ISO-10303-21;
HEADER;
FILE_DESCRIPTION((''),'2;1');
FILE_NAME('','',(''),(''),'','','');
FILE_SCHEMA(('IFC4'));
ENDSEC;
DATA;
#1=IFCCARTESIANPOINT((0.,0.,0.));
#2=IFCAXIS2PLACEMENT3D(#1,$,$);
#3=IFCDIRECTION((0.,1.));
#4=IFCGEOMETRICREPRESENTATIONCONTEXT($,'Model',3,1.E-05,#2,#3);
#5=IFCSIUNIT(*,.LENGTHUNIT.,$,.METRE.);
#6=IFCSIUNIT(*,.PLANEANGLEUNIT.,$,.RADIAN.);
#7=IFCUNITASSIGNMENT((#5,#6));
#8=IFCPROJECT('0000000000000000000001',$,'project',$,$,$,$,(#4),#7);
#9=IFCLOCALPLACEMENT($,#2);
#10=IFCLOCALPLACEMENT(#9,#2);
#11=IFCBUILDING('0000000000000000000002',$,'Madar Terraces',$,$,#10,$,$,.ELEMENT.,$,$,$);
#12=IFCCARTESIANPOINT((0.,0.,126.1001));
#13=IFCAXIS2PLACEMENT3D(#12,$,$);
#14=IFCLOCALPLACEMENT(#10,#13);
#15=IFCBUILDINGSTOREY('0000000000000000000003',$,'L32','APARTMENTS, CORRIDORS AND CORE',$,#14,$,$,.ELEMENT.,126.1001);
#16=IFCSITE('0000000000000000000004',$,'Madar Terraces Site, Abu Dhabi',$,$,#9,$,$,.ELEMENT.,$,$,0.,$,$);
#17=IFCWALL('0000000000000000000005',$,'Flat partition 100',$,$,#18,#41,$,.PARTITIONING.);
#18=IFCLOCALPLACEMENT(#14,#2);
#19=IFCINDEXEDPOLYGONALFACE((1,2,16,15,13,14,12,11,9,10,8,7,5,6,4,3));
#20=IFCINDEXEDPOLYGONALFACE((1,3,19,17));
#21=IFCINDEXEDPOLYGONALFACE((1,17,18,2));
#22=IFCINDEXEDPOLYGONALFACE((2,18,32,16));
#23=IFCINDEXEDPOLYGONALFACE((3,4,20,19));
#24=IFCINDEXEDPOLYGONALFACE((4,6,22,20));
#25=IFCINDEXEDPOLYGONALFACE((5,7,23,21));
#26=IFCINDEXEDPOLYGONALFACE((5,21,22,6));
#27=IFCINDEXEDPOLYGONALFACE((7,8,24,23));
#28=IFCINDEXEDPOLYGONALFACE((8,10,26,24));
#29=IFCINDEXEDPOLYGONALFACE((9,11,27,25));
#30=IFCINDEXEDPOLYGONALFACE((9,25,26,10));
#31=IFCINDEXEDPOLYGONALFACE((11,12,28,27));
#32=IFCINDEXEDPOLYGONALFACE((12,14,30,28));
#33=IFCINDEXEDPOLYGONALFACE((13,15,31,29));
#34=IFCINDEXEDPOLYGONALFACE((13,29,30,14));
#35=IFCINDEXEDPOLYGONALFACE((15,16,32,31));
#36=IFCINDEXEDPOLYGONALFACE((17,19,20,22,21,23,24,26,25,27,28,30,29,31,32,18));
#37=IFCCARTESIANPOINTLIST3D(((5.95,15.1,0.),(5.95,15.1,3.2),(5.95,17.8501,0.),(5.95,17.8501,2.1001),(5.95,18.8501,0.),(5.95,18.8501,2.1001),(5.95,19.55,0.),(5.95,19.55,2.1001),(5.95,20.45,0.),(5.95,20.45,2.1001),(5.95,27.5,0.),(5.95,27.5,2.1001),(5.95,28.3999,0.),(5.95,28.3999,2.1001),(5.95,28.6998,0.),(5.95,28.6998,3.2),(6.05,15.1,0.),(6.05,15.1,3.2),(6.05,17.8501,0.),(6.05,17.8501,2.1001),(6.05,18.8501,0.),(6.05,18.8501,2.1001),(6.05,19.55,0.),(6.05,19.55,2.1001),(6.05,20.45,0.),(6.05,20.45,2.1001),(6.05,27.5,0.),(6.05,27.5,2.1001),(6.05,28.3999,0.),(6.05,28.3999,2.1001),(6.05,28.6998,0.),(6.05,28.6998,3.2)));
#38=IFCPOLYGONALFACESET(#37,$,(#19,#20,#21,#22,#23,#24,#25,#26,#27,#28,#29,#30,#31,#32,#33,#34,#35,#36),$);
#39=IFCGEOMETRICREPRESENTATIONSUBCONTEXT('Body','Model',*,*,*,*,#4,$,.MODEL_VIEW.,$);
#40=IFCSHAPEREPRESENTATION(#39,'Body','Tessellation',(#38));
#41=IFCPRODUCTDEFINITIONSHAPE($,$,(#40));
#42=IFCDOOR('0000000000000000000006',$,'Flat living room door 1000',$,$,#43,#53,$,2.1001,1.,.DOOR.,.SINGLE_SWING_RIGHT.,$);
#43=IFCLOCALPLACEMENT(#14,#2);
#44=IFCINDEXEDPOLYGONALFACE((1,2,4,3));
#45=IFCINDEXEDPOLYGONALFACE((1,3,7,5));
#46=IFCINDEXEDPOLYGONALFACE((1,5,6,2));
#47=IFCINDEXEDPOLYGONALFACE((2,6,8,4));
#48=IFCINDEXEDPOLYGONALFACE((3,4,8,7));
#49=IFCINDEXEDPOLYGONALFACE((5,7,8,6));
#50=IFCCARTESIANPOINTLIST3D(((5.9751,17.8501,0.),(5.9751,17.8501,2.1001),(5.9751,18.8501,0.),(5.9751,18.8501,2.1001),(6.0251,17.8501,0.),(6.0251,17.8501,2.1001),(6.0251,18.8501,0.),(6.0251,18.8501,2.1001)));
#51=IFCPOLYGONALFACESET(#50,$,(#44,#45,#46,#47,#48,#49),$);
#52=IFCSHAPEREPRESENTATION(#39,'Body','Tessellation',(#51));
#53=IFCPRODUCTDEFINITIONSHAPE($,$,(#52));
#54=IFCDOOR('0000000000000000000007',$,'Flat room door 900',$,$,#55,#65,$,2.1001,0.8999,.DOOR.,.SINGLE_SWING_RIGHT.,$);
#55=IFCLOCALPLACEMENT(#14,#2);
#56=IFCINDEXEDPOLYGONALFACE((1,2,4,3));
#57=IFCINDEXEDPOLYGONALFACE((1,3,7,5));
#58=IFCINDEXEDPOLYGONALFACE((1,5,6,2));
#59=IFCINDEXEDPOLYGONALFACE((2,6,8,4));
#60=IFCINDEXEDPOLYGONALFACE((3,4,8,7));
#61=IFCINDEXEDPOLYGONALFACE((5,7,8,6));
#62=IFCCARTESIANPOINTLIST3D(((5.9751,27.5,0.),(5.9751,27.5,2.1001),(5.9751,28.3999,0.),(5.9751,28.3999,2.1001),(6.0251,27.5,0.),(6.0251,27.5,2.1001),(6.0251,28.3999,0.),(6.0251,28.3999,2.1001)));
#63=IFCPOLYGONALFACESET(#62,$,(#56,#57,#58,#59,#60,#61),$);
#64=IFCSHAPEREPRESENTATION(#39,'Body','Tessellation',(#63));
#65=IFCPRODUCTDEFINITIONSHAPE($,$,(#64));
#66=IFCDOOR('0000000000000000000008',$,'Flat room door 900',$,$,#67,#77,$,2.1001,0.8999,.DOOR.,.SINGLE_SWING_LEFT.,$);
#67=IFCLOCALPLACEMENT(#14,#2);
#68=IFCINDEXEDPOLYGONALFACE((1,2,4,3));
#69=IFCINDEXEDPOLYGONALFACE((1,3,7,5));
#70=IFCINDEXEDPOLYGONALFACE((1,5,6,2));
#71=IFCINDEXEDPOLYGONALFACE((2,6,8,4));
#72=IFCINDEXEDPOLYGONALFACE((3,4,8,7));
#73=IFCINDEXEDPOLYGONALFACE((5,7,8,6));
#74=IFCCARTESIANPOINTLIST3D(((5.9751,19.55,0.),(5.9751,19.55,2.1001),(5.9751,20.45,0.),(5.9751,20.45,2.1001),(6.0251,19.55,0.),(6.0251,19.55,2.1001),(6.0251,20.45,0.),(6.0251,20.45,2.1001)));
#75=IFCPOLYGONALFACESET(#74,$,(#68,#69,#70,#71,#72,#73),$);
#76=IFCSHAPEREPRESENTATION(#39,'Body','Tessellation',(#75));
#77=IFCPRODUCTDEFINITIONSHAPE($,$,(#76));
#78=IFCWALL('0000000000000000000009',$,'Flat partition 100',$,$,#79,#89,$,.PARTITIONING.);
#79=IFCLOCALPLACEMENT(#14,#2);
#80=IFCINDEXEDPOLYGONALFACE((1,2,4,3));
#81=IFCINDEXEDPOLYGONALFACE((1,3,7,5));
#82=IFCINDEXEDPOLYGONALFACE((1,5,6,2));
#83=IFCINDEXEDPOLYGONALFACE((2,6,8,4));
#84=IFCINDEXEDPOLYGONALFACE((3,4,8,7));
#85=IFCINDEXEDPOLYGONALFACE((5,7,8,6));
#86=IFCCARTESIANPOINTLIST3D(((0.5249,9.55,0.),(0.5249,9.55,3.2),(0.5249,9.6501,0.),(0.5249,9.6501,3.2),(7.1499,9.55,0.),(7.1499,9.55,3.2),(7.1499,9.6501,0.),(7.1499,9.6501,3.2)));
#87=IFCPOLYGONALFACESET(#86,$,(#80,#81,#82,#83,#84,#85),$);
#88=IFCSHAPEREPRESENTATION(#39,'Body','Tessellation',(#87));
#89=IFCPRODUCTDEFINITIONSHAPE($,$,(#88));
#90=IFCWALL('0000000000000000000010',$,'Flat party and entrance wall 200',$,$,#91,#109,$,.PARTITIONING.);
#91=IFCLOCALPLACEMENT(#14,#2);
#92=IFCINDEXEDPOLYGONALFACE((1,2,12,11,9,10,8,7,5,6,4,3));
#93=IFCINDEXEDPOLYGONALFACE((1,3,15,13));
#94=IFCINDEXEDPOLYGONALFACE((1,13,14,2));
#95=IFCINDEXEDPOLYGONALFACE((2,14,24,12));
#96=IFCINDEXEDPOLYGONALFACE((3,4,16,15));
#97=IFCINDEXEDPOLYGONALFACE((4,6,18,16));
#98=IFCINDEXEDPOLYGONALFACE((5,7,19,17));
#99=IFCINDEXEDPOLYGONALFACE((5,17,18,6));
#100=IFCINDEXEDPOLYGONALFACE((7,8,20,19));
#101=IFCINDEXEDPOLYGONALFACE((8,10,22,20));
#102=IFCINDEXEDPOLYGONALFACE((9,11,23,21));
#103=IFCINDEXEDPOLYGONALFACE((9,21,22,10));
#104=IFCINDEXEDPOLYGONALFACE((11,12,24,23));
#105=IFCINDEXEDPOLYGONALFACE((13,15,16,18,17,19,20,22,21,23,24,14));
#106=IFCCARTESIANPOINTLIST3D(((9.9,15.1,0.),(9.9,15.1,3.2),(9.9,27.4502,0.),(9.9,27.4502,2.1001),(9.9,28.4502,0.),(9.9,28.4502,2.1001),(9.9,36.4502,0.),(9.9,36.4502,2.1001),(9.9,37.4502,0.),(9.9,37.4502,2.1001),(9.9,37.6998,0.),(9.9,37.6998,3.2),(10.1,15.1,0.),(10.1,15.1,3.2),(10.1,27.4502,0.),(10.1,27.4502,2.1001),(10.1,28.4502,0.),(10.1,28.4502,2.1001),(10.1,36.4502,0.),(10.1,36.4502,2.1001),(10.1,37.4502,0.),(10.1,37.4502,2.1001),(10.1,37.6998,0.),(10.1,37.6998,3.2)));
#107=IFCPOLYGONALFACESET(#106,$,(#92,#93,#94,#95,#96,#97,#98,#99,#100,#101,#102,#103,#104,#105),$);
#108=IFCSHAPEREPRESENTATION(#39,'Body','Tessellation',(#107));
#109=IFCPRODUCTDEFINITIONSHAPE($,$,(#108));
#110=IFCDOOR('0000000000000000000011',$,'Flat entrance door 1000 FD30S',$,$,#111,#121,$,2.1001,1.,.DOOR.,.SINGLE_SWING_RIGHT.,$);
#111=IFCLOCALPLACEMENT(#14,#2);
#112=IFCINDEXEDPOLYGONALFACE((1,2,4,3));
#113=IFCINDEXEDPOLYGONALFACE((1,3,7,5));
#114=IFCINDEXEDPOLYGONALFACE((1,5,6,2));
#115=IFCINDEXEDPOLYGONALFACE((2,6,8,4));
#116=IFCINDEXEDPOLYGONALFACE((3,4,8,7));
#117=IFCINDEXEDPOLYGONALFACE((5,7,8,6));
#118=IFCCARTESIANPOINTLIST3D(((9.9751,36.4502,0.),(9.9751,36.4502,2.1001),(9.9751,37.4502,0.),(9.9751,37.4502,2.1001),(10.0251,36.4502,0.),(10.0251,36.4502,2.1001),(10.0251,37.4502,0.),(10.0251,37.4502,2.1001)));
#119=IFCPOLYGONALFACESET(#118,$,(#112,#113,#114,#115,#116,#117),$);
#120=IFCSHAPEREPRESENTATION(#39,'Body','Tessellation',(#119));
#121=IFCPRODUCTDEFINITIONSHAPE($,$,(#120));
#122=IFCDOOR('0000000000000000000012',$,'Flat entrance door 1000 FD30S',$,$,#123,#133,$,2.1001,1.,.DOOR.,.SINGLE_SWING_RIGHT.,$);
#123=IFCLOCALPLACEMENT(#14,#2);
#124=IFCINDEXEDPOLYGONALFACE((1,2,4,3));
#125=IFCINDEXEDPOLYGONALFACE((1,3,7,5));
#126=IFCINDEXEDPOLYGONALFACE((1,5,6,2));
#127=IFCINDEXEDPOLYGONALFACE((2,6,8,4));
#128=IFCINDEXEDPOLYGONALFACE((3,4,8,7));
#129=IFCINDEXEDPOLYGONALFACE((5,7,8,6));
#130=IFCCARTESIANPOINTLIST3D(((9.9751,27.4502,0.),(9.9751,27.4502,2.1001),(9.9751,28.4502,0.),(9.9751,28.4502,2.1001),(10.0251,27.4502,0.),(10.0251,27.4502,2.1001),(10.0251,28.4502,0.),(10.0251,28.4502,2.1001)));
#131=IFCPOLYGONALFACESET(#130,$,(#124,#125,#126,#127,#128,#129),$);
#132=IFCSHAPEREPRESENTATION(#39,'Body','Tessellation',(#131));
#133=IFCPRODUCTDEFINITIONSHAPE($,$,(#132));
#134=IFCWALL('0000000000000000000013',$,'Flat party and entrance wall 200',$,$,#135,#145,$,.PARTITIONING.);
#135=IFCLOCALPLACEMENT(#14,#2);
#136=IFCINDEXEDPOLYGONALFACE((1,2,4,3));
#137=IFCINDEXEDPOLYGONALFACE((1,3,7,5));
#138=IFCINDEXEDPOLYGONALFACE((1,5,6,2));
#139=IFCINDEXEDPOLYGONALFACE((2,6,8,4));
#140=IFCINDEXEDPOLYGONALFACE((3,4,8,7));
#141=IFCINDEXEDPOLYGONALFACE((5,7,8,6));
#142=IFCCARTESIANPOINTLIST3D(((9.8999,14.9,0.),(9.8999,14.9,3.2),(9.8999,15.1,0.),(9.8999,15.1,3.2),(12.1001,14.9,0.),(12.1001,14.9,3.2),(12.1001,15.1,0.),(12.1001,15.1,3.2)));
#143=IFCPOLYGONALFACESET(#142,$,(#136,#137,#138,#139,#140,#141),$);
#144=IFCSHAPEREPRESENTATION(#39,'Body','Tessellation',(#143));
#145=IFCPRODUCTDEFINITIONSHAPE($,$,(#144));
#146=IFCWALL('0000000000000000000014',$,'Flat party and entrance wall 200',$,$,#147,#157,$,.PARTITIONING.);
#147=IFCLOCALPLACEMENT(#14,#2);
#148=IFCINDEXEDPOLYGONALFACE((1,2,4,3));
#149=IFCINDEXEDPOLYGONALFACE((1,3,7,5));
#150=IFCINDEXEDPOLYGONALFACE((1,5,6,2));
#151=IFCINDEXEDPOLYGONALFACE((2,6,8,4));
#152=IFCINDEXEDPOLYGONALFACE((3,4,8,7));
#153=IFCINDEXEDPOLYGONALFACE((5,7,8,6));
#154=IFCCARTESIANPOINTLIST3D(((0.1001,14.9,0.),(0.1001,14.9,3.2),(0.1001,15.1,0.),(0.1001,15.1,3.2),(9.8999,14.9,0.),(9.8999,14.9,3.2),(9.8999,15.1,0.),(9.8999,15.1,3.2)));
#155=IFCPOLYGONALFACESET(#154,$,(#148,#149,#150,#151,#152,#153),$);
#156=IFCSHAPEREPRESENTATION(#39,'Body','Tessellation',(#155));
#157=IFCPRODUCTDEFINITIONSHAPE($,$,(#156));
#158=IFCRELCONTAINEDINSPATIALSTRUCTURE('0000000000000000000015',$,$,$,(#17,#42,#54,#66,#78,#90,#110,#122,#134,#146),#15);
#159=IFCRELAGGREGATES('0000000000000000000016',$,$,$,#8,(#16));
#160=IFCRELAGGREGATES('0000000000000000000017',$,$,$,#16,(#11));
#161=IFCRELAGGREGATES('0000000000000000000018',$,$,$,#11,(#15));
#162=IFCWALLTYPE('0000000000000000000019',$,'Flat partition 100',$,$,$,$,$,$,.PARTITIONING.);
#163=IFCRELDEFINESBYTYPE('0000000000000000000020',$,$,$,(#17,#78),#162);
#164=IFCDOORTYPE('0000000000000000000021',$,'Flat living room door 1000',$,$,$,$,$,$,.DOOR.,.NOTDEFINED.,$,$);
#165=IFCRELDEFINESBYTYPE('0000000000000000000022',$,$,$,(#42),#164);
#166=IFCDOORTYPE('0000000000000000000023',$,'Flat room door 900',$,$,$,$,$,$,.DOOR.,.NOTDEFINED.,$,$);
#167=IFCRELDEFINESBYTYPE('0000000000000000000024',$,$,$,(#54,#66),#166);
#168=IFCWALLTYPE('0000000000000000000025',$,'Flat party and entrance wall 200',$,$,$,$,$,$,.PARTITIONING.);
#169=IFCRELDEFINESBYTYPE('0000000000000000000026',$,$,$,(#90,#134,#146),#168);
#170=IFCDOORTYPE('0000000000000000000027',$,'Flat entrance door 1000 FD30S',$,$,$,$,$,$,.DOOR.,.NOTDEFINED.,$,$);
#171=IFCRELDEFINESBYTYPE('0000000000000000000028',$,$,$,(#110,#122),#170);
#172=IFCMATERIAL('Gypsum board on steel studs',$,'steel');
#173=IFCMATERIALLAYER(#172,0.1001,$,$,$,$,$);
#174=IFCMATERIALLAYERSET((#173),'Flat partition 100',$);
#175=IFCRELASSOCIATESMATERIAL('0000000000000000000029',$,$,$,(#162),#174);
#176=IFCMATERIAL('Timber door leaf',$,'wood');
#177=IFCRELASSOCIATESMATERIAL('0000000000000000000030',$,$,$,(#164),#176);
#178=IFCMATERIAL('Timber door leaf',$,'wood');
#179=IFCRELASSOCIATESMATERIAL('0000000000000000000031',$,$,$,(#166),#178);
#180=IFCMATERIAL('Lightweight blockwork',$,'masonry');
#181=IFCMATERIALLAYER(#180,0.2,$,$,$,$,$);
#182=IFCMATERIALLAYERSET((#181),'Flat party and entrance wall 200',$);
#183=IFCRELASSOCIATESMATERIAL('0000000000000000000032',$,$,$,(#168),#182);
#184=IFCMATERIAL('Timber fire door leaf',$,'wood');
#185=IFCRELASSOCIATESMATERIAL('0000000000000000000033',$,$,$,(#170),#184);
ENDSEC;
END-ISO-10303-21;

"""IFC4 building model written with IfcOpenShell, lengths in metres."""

from ifc_helpers import new_model, si_unit, direction, frame, frame_2d, origin, place, context, subcontext, project, spatial, rectangle, extrude, material, layer, layer_set, type_object, element, fill, save


model = new_model("IFC4")

# Units and contexts
model_context = context("Model", 3, precision=1e-05, world=origin(), true_north=direction((0.0, 1.0)))
body_context = subcontext(model_context, "Body", "Model", "MODEL_VIEW")
ifc_project = project(units=[si_unit("LENGTHUNIT", "METRE"), si_unit("PLANEANGLEUNIT", "RADIAN")], contexts=[model_context])

# Site, building, storey
site_placement = place(None, origin())
site = spatial("IfcSite", under=ifc_project, at=site_placement, Name="Madar Terraces Site, Abu Dhabi", CompositionType="ELEMENT", RefElevation=0.0)
building_placement = place(site_placement, origin())
building = spatial("IfcBuilding", under=site, at=building_placement, Name="Madar Terraces", CompositionType="ELEMENT")
storey_placement = place(building_placement, frame((0.0, 0.0, 126.1001)))
storey = spatial("IfcBuildingStorey", under=building, at=storey_placement, Name="L32", Description="APARTMENTS, CORRIDORS AND CORE", CompositionType="ELEMENT", Elevation=126.1001)

# Shared definitions
ifc_material_1 = material(Name="Gypsum board on steel studs", Category="steel")
ifc_layer_1 = layer(ifc_material_1, 0.1001)
ifc_layer_set_1 = layer_set([ifc_layer_1], Name="Flat partition 100")
wall_type_1 = type_object("IfcWallType", Name="Flat partition 100", PredefinedType="PARTITIONING", material=ifc_layer_set_1)

# Wall, openings, doors
wall_1_placement = place(storey_placement, frame((6.0, 15.1001, 0.0), z_axis=(0.0, 0.0, 1.0), x_axis=(0.0, 1.0, 0.0)))
wall_1 = element("IfcWall", 1, at=wall_1_placement, inside=storey, type_object=wall_type_1, Name="Flat partition 100", PredefinedType="PARTITIONING", context=body_context, shape_type="SweptSolid", body=[
    extrude(rectangle(XDim=13.5999, YDim=0.1001, at=frame_2d((6.7998, 0.0))), origin(), (0.0, 0.0, 1.0), 3.2),
])
opening_1_placement = place(wall_1_placement, frame((12.3999, 0.0, 0.0)))
opening_1 = element("IfcOpeningElement", 2, at=opening_1_placement, cuts=wall_1, PredefinedType="OPENING", context=body_context, shape_type="SweptSolid", body=[
    extrude(rectangle(XDim=0.8999, YDim=2.1001, at=frame_2d((0.45, 1.05))), frame((0.0, 0.0601, 0.0), z_axis=(0.0, -1.0, 0.0), x_axis=(1.0, 0.0, 0.0)), (0.0, 0.0, 1.0), 0.1201),
])
opening_2_placement = place(wall_1_placement, frame((4.45, 0.0, 0.0)))
opening_2 = element("IfcOpeningElement", 3, at=opening_2_placement, cuts=wall_1, PredefinedType="OPENING", context=body_context, shape_type="SweptSolid", body=[
    extrude(rectangle(XDim=0.8999, YDim=2.1001, at=frame_2d((0.45, 1.05))), frame((0.0, 0.0601, 0.0), z_axis=(0.0, -1.0, 0.0), x_axis=(1.0, 0.0, 0.0)), (0.0, 0.0, 1.0), 0.1201),
])
opening_3_placement = place(wall_1_placement, frame((2.75, 0.0, 0.0)))
opening_3 = element("IfcOpeningElement", 4, at=opening_3_placement, cuts=wall_1, PredefinedType="OPENING", context=body_context, shape_type="SweptSolid", body=[
    extrude(rectangle(XDim=1.0, YDim=2.1001, at=frame_2d((0.5, 1.05))), frame((0.0, 0.0601, 0.0), z_axis=(0.0, -1.0, 0.0), x_axis=(1.0, 0.0, 0.0)), (0.0, 0.0, 1.0), 0.1201),
])
ifc_material_2 = material(Name="Timber door leaf", Category="wood")
door_type_1 = type_object("IfcDoorType", Name="Flat living room door 1000", OperationType="NOTDEFINED", PredefinedType="DOOR", material=ifc_material_2)
door_1_placement = place(opening_3_placement, origin())
door_1 = element("IfcDoor", 5, at=door_1_placement, inside=storey, type_object=door_type_1, Name="Flat living room door 1000", OperationType="SINGLE_SWING_RIGHT", OverallHeight=2.1001, OverallWidth=1.0, PredefinedType="DOOR", context=body_context, shape_type="SweptSolid", body=[
    extrude(rectangle(XDim=1.0, YDim=2.1001, at=frame_2d((0.5, 1.05))), frame((0.0, 0.0249, 0.0), z_axis=(0.0, -1.0, 0.0), x_axis=(1.0, 0.0, 0.0)), (0.0, 0.0, 1.0), 0.05),
])
fill(opening_3, door_1)
ifc_material_3 = material(Name="Timber door leaf", Category="wood")
door_type_2 = type_object("IfcDoorType", Name="Flat room door 900", OperationType="NOTDEFINED", PredefinedType="DOOR", material=ifc_material_3)
door_2_placement = place(opening_1_placement, origin())
door_2 = element("IfcDoor", 6, at=door_2_placement, inside=storey, type_object=door_type_2, Name="Flat room door 900", OperationType="SINGLE_SWING_RIGHT", OverallHeight=2.1001, OverallWidth=0.8999, PredefinedType="DOOR", context=body_context, shape_type="SweptSolid", body=[
    extrude(rectangle(XDim=0.8999, YDim=2.1001, at=frame_2d((0.45, 1.05))), frame((0.0, 0.0249, 0.0), z_axis=(0.0, -1.0, 0.0), x_axis=(1.0, 0.0, 0.0)), (0.0, 0.0, 1.0), 0.05),
])
fill(opening_1, door_2)
door_3_placement = place(opening_2_placement, origin())
door_3 = element("IfcDoor", 7, at=door_3_placement, inside=storey, type_object=door_type_2, Name="Flat room door 900", OperationType="SINGLE_SWING_LEFT", OverallHeight=2.1001, OverallWidth=0.8999, PredefinedType="DOOR", context=body_context, shape_type="SweptSolid", body=[
    extrude(rectangle(XDim=0.8999, YDim=2.1001, at=frame_2d((0.45, 1.05))), frame((0.0, 0.0249, 0.0), z_axis=(0.0, -1.0, 0.0), x_axis=(1.0, 0.0, 0.0)), (0.0, 0.0, 1.0), 0.05),
])
fill(opening_2, door_3)

# Wall
wall_2_placement = place(storey_placement, frame((7.1499, 9.6001, 0.0), z_axis=(0.0, 0.0, 1.0), x_axis=(-1.0, 0.0, 0.0)))
element("IfcWall", 8, at=wall_2_placement, inside=storey, type_object=wall_type_1, Name="Flat partition 100", PredefinedType="PARTITIONING", context=body_context, shape_type="SweptSolid", body=[
    extrude(rectangle(XDim=6.625, YDim=0.1001, at=frame_2d((3.3125, 0.0))), origin(), (0.0, 0.0, 1.0), 3.2),
])

# Wall, openings, doors
ifc_material_4 = material(Name="Lightweight blockwork", Category="masonry")
ifc_layer_2 = layer(ifc_material_4, 0.2)
ifc_layer_set_2 = layer_set([ifc_layer_2], Name="Flat party and entrance wall 200")
wall_type_2 = type_object("IfcWallType", Name="Flat party and entrance wall 200", PredefinedType="PARTITIONING", material=ifc_layer_set_2)
wall_3_placement = place(storey_placement, frame((10.0, 15.1001, 0.0), z_axis=(0.0, 0.0, 1.0), x_axis=(0.0, 1.0, 0.0)))
wall_3 = element("IfcWall", 9, at=wall_3_placement, inside=storey, type_object=wall_type_2, Name="Flat party and entrance wall 200", PredefinedType="PARTITIONING", context=body_context, shape_type="SweptSolid", body=[
    extrude(rectangle(XDim=22.5999, YDim=0.2, at=frame_2d((11.2998, 0.0))), origin(), (0.0, 0.0, 1.0), 3.2),
])
opening_4_placement = place(wall_3_placement, frame((21.3501, 0.0, 0.0)))
opening_4 = element("IfcOpeningElement", 10, at=opening_4_placement, cuts=wall_3, PredefinedType="OPENING", context=body_context, shape_type="SweptSolid", body=[
    extrude(rectangle(XDim=1.0, YDim=2.1001, at=frame_2d((0.5, 1.05))), frame((0.0, 0.1099, 0.0), z_axis=(0.0, -1.0, 0.0), x_axis=(1.0, 0.0, 0.0)), (0.0, 0.0, 1.0), 0.22),
])
opening_5_placement = place(wall_3_placement, frame((12.3501, 0.0, 0.0)))
opening_5 = element("IfcOpeningElement", 11, at=opening_5_placement, cuts=wall_3, PredefinedType="OPENING", context=body_context, shape_type="SweptSolid", body=[
    extrude(rectangle(XDim=1.0, YDim=2.1001, at=frame_2d((0.5, 1.05))), frame((0.0, 0.1099, 0.0), z_axis=(0.0, -1.0, 0.0), x_axis=(1.0, 0.0, 0.0)), (0.0, 0.0, 1.0), 0.22),
])
ifc_material_5 = material(Name="Timber fire door leaf", Category="wood")
door_type_3 = type_object("IfcDoorType", Name="Flat entrance door 1000 FD30S", OperationType="NOTDEFINED", PredefinedType="DOOR", material=ifc_material_5)
door_4_placement = place(opening_4_placement, origin())
door_4 = element("IfcDoor", 12, at=door_4_placement, inside=storey, type_object=door_type_3, Name="Flat entrance door 1000 FD30S", OperationType="SINGLE_SWING_RIGHT", OverallHeight=2.1001, OverallWidth=1.0, PredefinedType="DOOR", context=body_context, shape_type="SweptSolid", body=[
    extrude(rectangle(XDim=1.0, YDim=2.1001, at=frame_2d((0.5, 1.05))), frame((0.0, 0.0249, 0.0), z_axis=(0.0, -1.0, 0.0), x_axis=(1.0, 0.0, 0.0)), (0.0, 0.0, 1.0), 0.05),
])
fill(opening_4, door_4)
door_5_placement = place(opening_5_placement, origin())
door_5 = element("IfcDoor", 13, at=door_5_placement, inside=storey, type_object=door_type_3, Name="Flat entrance door 1000 FD30S", OperationType="SINGLE_SWING_RIGHT", OverallHeight=2.1001, OverallWidth=1.0, PredefinedType="DOOR", context=body_context, shape_type="SweptSolid", body=[
    extrude(rectangle(XDim=1.0, YDim=2.1001, at=frame_2d((0.5, 1.05))), frame((0.0, 0.0249, 0.0), z_axis=(0.0, -1.0, 0.0), x_axis=(1.0, 0.0, 0.0)), (0.0, 0.0, 1.0), 0.05),
])
fill(opening_5, door_5)

# Walls
wall_4_placement = place(storey_placement, frame((9.8999, 15.0, 0.0), z_axis=(0.0, 0.0, 1.0), x_axis=(1.0, 0.0, 0.0)))
element("IfcWall", 14, at=wall_4_placement, inside=storey, type_object=wall_type_2, Name="Flat party and entrance wall 200", PredefinedType="PARTITIONING", context=body_context, shape_type="SweptSolid", body=[
    extrude(rectangle(XDim=2.2002, YDim=0.2, at=frame_2d((1.1001, 0.0))), origin(), (0.0, 0.0, 1.0), 3.2),
])
wall_5_placement = place(storey_placement, frame((0.1001, 15.0, 0.0), z_axis=(0.0, 0.0, 1.0), x_axis=(1.0, 0.0, 0.0)))
element("IfcWall", 15, at=wall_5_placement, inside=storey, type_object=wall_type_2, Name="Flat party and entrance wall 200", PredefinedType="PARTITIONING", context=body_context, shape_type="SweptSolid", body=[
    extrude(rectangle(XDim=9.7998, YDim=0.2, at=frame_2d((4.8999, 0.0))), origin(), (0.0, 0.0, 1.0), 3.2),
])

save(model, "model.ifc")
